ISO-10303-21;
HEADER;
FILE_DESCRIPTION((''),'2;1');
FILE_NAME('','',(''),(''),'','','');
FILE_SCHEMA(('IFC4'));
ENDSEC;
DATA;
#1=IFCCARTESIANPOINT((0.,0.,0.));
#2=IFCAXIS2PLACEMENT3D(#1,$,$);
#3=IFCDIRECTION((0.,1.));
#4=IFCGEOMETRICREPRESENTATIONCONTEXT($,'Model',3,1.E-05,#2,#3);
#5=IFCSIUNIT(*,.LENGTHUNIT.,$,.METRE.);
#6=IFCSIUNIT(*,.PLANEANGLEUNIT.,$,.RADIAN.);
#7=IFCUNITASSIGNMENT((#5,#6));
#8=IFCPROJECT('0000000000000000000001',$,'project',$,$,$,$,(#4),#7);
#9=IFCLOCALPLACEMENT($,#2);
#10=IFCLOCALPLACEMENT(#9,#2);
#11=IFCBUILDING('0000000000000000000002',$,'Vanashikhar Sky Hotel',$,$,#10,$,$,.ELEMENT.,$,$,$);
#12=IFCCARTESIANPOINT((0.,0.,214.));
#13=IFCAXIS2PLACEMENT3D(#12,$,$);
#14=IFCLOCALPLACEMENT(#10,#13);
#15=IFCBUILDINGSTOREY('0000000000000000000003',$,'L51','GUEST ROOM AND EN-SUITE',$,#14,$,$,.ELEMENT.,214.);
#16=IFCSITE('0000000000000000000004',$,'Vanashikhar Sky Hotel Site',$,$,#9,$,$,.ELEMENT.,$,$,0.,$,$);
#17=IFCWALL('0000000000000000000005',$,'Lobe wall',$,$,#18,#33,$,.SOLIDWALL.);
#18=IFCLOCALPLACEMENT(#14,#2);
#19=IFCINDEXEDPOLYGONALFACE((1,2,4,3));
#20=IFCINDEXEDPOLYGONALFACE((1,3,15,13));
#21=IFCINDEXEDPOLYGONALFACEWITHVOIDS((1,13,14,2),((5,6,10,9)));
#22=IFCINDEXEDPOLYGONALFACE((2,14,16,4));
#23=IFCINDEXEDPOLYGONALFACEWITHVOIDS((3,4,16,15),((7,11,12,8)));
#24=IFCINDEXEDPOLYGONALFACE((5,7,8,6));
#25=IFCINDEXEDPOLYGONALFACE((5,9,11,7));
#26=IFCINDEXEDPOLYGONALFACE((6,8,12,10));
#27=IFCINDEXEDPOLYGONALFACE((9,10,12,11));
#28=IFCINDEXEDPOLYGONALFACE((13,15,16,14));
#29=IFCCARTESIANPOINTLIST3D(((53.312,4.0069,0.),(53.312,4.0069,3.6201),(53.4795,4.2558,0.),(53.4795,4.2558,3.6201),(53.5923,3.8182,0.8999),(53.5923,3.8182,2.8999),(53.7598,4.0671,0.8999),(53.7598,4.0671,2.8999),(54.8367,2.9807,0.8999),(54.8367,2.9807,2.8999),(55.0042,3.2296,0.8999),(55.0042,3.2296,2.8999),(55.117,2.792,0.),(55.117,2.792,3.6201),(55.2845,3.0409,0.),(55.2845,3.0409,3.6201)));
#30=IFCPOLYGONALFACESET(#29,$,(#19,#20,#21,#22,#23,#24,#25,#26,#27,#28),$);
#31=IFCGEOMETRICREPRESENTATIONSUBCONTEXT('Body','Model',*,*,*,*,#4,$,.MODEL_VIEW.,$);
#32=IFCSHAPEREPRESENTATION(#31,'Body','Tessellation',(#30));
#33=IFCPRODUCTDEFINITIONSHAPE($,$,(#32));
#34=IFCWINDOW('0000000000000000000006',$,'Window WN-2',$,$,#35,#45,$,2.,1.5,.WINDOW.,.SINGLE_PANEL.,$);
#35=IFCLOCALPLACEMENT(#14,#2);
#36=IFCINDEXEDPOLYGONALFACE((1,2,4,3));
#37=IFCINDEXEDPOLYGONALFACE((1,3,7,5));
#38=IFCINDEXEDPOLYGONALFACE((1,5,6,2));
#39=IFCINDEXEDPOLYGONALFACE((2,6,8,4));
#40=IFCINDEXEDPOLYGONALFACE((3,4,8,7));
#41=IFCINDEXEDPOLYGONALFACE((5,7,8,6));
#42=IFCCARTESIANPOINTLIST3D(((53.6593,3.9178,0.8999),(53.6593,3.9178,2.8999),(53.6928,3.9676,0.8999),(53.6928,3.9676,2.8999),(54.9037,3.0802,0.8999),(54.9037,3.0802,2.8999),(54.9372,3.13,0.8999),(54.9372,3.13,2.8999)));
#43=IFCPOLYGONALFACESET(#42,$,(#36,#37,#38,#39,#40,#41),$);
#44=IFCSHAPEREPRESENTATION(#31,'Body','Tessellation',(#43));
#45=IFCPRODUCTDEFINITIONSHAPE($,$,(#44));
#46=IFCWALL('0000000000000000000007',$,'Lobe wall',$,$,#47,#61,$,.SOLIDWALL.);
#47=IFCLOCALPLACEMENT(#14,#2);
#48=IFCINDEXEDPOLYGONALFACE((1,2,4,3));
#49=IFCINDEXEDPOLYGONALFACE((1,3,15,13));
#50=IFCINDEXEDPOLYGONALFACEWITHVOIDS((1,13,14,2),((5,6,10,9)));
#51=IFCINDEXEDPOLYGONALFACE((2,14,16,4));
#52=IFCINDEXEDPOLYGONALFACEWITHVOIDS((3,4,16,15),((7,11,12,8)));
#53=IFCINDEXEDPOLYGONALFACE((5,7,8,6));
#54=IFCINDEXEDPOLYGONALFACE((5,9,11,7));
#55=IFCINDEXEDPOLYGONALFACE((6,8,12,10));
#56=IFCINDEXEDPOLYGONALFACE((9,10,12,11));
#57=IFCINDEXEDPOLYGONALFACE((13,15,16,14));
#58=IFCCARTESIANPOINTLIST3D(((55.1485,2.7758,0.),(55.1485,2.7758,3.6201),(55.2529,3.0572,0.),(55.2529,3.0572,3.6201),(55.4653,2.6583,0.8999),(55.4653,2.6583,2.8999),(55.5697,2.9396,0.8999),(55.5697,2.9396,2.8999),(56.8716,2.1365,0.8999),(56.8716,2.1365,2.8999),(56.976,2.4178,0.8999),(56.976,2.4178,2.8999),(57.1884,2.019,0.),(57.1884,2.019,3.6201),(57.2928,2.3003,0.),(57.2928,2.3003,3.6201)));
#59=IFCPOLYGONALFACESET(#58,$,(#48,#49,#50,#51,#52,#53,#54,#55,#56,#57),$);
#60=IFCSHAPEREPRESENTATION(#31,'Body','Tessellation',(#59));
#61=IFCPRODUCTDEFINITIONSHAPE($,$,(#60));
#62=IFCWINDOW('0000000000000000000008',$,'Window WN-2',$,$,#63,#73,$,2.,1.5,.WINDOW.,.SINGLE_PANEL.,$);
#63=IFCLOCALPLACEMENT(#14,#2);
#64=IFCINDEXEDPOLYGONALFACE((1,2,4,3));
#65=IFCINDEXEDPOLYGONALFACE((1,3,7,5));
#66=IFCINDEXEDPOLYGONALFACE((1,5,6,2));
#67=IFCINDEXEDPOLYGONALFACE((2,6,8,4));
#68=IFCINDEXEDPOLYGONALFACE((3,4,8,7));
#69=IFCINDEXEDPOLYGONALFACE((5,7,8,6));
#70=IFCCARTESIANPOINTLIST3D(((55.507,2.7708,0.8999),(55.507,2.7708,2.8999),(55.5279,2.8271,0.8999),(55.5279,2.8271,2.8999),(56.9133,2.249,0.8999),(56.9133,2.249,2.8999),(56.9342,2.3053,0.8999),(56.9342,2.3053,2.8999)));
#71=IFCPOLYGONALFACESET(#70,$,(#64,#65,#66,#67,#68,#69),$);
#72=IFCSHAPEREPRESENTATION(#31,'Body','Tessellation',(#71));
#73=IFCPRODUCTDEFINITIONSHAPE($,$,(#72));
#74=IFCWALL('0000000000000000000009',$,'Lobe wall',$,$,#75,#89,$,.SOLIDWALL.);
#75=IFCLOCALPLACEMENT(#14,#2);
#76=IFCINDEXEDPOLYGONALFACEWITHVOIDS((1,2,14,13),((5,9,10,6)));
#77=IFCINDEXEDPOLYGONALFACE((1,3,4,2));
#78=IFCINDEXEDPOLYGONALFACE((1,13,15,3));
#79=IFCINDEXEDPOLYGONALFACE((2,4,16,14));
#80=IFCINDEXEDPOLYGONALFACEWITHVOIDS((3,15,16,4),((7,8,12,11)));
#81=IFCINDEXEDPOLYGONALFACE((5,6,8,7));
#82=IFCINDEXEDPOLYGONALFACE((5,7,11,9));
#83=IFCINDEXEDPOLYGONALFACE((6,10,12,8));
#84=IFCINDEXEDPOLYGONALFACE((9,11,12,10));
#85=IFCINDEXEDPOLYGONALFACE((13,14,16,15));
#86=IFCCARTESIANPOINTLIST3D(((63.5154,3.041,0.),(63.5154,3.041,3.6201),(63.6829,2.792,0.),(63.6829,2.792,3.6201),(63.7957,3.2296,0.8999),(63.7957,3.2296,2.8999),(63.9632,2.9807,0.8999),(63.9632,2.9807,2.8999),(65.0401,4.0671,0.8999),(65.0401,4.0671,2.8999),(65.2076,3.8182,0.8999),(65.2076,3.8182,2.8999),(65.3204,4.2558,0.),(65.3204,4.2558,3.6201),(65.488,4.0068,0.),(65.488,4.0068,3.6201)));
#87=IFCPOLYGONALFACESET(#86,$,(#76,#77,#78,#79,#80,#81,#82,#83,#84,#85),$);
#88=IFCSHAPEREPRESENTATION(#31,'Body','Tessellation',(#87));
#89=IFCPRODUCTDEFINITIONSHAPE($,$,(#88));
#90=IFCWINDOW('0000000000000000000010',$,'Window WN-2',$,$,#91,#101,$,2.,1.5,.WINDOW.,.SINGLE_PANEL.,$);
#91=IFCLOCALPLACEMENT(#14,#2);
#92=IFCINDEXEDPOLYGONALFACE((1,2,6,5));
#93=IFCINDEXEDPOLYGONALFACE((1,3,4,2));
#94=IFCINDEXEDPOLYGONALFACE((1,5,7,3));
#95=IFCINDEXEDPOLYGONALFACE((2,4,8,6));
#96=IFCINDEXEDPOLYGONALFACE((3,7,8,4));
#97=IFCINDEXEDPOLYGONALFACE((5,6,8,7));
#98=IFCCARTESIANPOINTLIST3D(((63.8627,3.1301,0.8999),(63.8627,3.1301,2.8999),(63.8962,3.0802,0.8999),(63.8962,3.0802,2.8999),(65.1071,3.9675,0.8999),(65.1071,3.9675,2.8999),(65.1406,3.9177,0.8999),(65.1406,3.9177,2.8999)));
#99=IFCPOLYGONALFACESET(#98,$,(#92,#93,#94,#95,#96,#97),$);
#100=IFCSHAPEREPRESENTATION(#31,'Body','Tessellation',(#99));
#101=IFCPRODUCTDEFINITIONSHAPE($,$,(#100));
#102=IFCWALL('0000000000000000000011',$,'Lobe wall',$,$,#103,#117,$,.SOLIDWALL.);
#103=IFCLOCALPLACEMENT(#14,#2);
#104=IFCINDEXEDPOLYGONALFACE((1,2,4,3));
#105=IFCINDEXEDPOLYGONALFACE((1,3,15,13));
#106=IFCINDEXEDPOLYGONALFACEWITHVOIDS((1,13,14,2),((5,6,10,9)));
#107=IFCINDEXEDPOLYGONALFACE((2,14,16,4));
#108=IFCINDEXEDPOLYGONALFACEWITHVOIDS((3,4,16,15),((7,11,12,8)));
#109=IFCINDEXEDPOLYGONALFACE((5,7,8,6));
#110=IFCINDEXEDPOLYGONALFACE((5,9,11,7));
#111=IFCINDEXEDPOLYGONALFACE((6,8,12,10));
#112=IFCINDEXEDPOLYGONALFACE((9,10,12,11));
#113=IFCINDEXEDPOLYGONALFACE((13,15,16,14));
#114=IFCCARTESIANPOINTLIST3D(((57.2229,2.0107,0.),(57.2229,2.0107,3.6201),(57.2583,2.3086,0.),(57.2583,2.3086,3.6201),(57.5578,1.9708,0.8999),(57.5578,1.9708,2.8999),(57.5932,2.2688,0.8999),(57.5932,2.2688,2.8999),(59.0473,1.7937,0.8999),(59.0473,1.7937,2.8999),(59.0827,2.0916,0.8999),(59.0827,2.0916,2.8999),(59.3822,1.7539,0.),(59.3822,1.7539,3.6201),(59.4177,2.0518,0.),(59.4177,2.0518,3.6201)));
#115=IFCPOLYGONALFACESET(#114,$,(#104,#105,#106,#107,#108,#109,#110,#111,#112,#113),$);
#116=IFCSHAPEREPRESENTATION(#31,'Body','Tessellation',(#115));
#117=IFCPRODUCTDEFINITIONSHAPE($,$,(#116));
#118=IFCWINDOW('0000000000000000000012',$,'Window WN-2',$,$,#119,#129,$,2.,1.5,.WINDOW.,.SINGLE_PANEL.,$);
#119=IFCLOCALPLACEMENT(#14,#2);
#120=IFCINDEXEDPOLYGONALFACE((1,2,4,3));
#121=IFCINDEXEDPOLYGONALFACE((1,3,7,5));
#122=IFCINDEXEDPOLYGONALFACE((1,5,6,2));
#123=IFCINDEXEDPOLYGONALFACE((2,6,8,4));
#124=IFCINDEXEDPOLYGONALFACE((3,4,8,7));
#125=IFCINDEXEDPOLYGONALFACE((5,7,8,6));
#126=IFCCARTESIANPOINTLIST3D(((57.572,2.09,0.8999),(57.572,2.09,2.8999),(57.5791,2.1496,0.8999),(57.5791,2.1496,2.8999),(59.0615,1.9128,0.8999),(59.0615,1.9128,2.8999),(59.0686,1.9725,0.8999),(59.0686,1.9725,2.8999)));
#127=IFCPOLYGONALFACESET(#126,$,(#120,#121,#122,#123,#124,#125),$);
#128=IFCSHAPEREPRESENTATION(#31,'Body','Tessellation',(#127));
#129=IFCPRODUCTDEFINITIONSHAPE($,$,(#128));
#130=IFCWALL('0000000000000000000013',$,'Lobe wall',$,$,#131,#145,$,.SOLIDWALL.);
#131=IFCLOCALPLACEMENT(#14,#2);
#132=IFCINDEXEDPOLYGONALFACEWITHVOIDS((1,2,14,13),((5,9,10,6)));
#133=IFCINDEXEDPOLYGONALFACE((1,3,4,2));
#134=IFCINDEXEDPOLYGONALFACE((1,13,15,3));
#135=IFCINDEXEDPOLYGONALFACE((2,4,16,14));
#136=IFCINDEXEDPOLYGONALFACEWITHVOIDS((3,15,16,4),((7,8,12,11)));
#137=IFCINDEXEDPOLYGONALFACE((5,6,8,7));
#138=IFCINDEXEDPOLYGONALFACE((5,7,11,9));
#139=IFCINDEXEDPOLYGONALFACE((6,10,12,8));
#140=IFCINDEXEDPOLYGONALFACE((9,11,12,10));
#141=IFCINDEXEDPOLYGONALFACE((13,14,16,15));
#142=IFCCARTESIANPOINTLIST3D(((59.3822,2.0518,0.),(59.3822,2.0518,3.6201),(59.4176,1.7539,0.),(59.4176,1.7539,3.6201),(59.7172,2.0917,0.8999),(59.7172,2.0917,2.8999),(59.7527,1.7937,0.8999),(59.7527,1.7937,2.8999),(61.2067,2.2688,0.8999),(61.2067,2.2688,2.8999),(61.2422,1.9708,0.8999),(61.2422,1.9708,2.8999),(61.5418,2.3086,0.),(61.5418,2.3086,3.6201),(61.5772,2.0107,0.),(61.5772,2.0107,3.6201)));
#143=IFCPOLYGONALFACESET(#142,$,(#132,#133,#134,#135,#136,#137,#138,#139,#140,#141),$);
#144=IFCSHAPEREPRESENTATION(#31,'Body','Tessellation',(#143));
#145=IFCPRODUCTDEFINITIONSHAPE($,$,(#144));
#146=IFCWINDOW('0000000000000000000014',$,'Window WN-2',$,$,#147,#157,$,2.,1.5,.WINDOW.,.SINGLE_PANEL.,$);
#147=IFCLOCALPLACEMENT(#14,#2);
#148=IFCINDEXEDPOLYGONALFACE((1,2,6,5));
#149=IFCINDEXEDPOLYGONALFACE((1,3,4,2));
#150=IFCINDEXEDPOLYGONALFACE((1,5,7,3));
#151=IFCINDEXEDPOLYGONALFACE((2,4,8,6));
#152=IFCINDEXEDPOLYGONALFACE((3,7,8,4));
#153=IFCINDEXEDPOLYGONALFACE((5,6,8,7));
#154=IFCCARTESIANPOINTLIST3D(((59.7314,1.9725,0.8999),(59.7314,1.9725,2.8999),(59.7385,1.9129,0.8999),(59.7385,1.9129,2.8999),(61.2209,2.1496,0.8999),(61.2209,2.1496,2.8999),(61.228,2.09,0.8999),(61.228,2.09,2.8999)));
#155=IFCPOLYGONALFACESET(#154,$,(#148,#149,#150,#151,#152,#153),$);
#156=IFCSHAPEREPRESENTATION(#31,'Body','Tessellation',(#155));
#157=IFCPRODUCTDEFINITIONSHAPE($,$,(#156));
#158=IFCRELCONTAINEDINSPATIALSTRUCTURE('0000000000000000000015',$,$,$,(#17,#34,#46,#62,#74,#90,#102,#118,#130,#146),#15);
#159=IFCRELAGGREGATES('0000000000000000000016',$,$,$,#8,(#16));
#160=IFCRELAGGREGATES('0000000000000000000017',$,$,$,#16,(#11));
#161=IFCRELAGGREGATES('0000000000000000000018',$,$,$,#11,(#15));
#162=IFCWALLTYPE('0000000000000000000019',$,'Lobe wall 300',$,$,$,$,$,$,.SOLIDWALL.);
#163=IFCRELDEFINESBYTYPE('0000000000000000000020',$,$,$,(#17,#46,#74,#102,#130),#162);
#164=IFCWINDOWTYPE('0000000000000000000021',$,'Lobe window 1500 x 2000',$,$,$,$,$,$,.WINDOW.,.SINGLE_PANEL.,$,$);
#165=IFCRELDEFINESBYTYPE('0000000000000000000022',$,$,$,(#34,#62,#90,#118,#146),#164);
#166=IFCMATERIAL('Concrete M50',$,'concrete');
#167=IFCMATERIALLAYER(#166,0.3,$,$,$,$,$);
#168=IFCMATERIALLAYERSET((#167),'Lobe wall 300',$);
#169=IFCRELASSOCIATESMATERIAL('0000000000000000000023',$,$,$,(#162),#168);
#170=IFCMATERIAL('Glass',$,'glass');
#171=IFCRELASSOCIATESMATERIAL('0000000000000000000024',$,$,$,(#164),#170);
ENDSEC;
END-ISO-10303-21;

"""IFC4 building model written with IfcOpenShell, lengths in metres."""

from ifc_helpers import new_model, si_unit, direction, frame, frame_2d, origin, place, context, subcontext, project, spatial, rectangle, extrude, source, transform, mapped, material, layer, layer_set, type_object, element, fill, save


model = new_model("IFC4")

# Units and contexts
model_context = context("Model", 3, precision=1e-05, world=origin(), true_north=direction((0.0, 1.0)))
body_context = subcontext(model_context, "Body", "Model", "MODEL_VIEW")
ifc_project = project(units=[si_unit("LENGTHUNIT", "METRE"), si_unit("PLANEANGLEUNIT", "RADIAN")], contexts=[model_context])

# Site, building, storey
site_placement = place(None, origin())
site = spatial("IfcSite", under=ifc_project, at=site_placement, Name="Vanashikhar Sky Hotel Site", CompositionType="ELEMENT", RefElevation=0.0)
building_placement = place(site_placement, origin())
building = spatial("IfcBuilding", under=site, at=building_placement, Name="Vanashikhar Sky Hotel", CompositionType="ELEMENT")
storey_placement = place(building_placement, frame((0.0, 0.0, 214.0)))
storey = spatial("IfcBuildingStorey", under=building, at=storey_placement, Name="L51", Description="GUEST ROOM AND EN-SUITE", CompositionType="ELEMENT", Elevation=214.0)

# Walls, openings, windows
ifc_material_1 = material(Name="Concrete M50", Category="concrete")
ifc_layer_1 = layer(ifc_material_1, 0.3)
ifc_layer_set_1 = layer_set([ifc_layer_1], Name="Lobe wall 300")
wall_type_1 = type_object("IfcWallType", Name="Lobe wall 300", PredefinedType="SOLIDWALL", material=ifc_layer_set_1)
shared_shape_1 = source(origin(), body_context, "Body", "SweptSolid", [
    extrude(rectangle(XDim=2.1758, YDim=0.3, at=frame_2d((1.0879, 0.0))), origin(), (0.0, 0.0, 1.0), 3.6201),
])
wall_1_placement = place(storey_placement, frame((53.3958, 4.1313, 0.0), z_axis=(0.0, 0.0, 1.0), x_axis=(0.829591, -0.558372, 0.0)))
wall_1 = element("IfcWall", 1, at=wall_1_placement, inside=storey, type_object=wall_type_1, Name="Lobe wall", PredefinedType="SOLIDWALL", context=body_context, shape_type="MappedRepresentation", body=[
    mapped(shared_shape_1, transform((0.0, 0.0, 0.0), scale=1.0)),
])
shared_shape_2 = source(origin(), body_context, "Body", "SweptSolid", [
    extrude(rectangle(XDim=1.5, YDim=2.0, at=frame_2d((0.75, 1.0))), frame((0.0, 0.1602, 0.0), z_axis=(0.0, -1.0, 0.0), x_axis=(1.0, 0.0, 0.0)), (0.0, 0.0, 1.0), 0.3201),
])
opening_1_placement = place(wall_1_placement, frame((0.3379, 0.0, 0.8999)))
opening_1 = element("IfcOpeningElement", 2, at=opening_1_placement, cuts=wall_1, PredefinedType="OPENING", context=body_context, shape_type="MappedRepresentation", body=[
    mapped(shared_shape_2, transform((0.0, 0.0, 0.0), scale=1.0)),
])
ifc_material_2 = material(Name="Glass", Category="glass")
window_type = type_object("IfcWindowType", Name="Lobe window 1500 x 2000", PartitioningType="SINGLE_PANEL", PredefinedType="WINDOW", material=ifc_material_2)
shared_shape_3 = source(origin(), body_context, "Body", "SweptSolid", [
    extrude(rectangle(XDim=1.5, YDim=2.0, at=frame_2d((0.75, 1.0))), frame((0.0, 0.03, 0.0), z_axis=(0.0, -1.0, 0.0), x_axis=(1.0, 0.0, 0.0)), (0.0, 0.0, 1.0), 0.0601),
])
window_1_placement = place(opening_1_placement, origin())
window_1 = element("IfcWindow", 3, at=window_1_placement, inside=storey, type_object=window_type, Name="Window WN-2", OverallHeight=2.0, OverallWidth=1.5, PartitioningType="SINGLE_PANEL", PredefinedType="WINDOW", context=body_context, shape_type="MappedRepresentation", body=[
    mapped(shared_shape_3, transform((0.0, 0.0, 0.0), scale=1.0)),
])
fill(opening_1, window_1)
wall_2_placement = place(storey_placement, frame((55.2007, 2.9165, 0.0), z_axis=(0.0, 0.0, 1.0), x_axis=(0.937546, -0.347863, 0.0)))
wall_2 = element("IfcWall", 4, at=wall_2_placement, inside=storey, type_object=wall_type_1, Name="Lobe wall", PredefinedType="SOLIDWALL", context=body_context, shape_type="MappedRepresentation", body=[
    mapped(shared_shape_1, transform((0.0, 0.0, 0.0), scale=1.0)),
])
opening_2_placement = place(wall_2_placement, frame((0.3379, 0.0, 0.8999)))
opening_2 = element("IfcOpeningElement", 5, at=opening_2_placement, cuts=wall_2, PredefinedType="OPENING", context=body_context, shape_type="MappedRepresentation", body=[
    mapped(shared_shape_2, transform((0.0, 0.0, 0.0), scale=1.0)),
])
window_2_placement = place(opening_2_placement, origin())
window_2 = element("IfcWindow", 6, at=window_2_placement, inside=storey, type_object=window_type, Name="Window WN-2", OverallHeight=2.0, OverallWidth=1.5, PartitioningType="SINGLE_PANEL", PredefinedType="WINDOW", context=body_context, shape_type="MappedRepresentation", body=[
    mapped(shared_shape_3, transform((0.0, 0.0, 0.0), scale=1.0)),
])
fill(opening_2, window_2)
wall_3_placement = place(storey_placement, frame((63.5991, 2.9165, 0.0), z_axis=(0.0, 0.0, 1.0), x_axis=(0.829626, 0.55832, 0.0)))
wall_3 = element("IfcWall", 7, at=wall_3_placement, inside=storey, type_object=wall_type_1, Name="Lobe wall", PredefinedType="SOLIDWALL", context=body_context, shape_type="MappedRepresentation", body=[
    mapped(shared_shape_1, transform((0.0, 0.0, 0.0), scale=1.0)),
])
opening_3_placement = place(wall_3_placement, frame((0.3379, 0.0, 0.8999)))
opening_3 = element("IfcOpeningElement", 8, at=opening_3_placement, cuts=wall_3, PredefinedType="OPENING", context=body_context, shape_type="MappedRepresentation", body=[
    mapped(shared_shape_2, transform((0.0, 0.0, 0.0), scale=1.0)),
])
window_3_placement = place(opening_3_placement, origin())
window_3 = element("IfcWindow", 9, at=window_3_placement, inside=storey, type_object=window_type, Name="Window WN-2", OverallHeight=2.0, OverallWidth=1.5, PartitioningType="SINGLE_PANEL", PredefinedType="WINDOW", context=body_context, shape_type="MappedRepresentation", body=[
    mapped(shared_shape_3, transform((0.0, 0.0, 0.0), scale=1.0)),
])
fill(opening_3, window_3)
shared_shape_4 = source(origin(), body_context, "Body", "SweptSolid", [
    extrude(rectangle(XDim=2.1746, YDim=0.3, at=frame_2d((1.0874, 0.0))), origin(), (0.0, 0.0, 1.0), 3.6201),
])
wall_4_placement = place(storey_placement, frame((57.2405, 2.1597, 0.0), z_axis=(0.0, 0.0, 1.0), x_axis=(0.993001, -0.118105, 0.0)))
wall_4 = element("IfcWall", 10, at=wall_4_placement, inside=storey, type_object=wall_type_1, Name="Lobe wall", PredefinedType="SOLIDWALL", context=body_context, shape_type="MappedRepresentation", body=[
    mapped(shared_shape_4, transform((0.0, 0.0, 0.0), scale=1.0)),
])
opening_4_placement = place(wall_4_placement, frame((0.3374, 0.0, 0.8999)))
opening_4 = element("IfcOpeningElement", 11, at=opening_4_placement, cuts=wall_4, PredefinedType="OPENING", context=body_context, shape_type="MappedRepresentation", body=[
    mapped(shared_shape_2, transform((0.0, 0.0, 0.0), scale=1.0)),
])
window_4_placement = place(opening_4_placement, origin())
window_4 = element("IfcWindow", 12, at=window_4_placement, inside=storey, type_object=window_type, Name="Window WN-2", OverallHeight=2.0, OverallWidth=1.5, PartitioningType="SINGLE_PANEL", PredefinedType="WINDOW", context=body_context, shape_type="MappedRepresentation", body=[
    mapped(shared_shape_3, transform((0.0, 0.0, 0.0), scale=1.0)),
])
fill(opening_4, window_4)
shared_shape_5 = source(origin(), body_context, "Body", "SweptSolid", [
    extrude(rectangle(XDim=2.1748, YDim=0.3, at=frame_2d((1.0874, 0.0))), origin(), (0.0, 0.0, 1.0), 3.6201),
])
wall_5_placement = place(storey_placement, frame((59.3999, 1.9028, 0.0), z_axis=(0.0, 0.0, 1.0), x_axis=(0.993003, 0.118092, 0.0)))
wall_5 = element("IfcWall", 13, at=wall_5_placement, inside=storey, type_object=wall_type_1, Name="Lobe wall", PredefinedType="SOLIDWALL", context=body_context, shape_type="MappedRepresentation", body=[
    mapped(shared_shape_5, transform((0.0, 0.0, 0.0), scale=1.0)),
])
opening_5_placement = place(wall_5_placement, frame((0.3374, 0.0, 0.8999)))
opening_5 = element("IfcOpeningElement", 14, at=opening_5_placement, cuts=wall_5, PredefinedType="OPENING", context=body_context, shape_type="MappedRepresentation", body=[
    mapped(shared_shape_2, transform((0.0, 0.0, 0.0), scale=1.0)),
])
window_5_placement = place(opening_5_placement, origin())
window_5 = element("IfcWindow", 15, at=window_5_placement, inside=storey, type_object=window_type, Name="Window WN-2", OverallHeight=2.0, OverallWidth=1.5, PartitioningType="SINGLE_PANEL", PredefinedType="WINDOW", context=body_context, shape_type="MappedRepresentation", body=[
    mapped(shared_shape_3, transform((0.0, 0.0, 0.0), scale=1.0)),
])
fill(opening_5, window_5)

save(model, "model.ifc")
